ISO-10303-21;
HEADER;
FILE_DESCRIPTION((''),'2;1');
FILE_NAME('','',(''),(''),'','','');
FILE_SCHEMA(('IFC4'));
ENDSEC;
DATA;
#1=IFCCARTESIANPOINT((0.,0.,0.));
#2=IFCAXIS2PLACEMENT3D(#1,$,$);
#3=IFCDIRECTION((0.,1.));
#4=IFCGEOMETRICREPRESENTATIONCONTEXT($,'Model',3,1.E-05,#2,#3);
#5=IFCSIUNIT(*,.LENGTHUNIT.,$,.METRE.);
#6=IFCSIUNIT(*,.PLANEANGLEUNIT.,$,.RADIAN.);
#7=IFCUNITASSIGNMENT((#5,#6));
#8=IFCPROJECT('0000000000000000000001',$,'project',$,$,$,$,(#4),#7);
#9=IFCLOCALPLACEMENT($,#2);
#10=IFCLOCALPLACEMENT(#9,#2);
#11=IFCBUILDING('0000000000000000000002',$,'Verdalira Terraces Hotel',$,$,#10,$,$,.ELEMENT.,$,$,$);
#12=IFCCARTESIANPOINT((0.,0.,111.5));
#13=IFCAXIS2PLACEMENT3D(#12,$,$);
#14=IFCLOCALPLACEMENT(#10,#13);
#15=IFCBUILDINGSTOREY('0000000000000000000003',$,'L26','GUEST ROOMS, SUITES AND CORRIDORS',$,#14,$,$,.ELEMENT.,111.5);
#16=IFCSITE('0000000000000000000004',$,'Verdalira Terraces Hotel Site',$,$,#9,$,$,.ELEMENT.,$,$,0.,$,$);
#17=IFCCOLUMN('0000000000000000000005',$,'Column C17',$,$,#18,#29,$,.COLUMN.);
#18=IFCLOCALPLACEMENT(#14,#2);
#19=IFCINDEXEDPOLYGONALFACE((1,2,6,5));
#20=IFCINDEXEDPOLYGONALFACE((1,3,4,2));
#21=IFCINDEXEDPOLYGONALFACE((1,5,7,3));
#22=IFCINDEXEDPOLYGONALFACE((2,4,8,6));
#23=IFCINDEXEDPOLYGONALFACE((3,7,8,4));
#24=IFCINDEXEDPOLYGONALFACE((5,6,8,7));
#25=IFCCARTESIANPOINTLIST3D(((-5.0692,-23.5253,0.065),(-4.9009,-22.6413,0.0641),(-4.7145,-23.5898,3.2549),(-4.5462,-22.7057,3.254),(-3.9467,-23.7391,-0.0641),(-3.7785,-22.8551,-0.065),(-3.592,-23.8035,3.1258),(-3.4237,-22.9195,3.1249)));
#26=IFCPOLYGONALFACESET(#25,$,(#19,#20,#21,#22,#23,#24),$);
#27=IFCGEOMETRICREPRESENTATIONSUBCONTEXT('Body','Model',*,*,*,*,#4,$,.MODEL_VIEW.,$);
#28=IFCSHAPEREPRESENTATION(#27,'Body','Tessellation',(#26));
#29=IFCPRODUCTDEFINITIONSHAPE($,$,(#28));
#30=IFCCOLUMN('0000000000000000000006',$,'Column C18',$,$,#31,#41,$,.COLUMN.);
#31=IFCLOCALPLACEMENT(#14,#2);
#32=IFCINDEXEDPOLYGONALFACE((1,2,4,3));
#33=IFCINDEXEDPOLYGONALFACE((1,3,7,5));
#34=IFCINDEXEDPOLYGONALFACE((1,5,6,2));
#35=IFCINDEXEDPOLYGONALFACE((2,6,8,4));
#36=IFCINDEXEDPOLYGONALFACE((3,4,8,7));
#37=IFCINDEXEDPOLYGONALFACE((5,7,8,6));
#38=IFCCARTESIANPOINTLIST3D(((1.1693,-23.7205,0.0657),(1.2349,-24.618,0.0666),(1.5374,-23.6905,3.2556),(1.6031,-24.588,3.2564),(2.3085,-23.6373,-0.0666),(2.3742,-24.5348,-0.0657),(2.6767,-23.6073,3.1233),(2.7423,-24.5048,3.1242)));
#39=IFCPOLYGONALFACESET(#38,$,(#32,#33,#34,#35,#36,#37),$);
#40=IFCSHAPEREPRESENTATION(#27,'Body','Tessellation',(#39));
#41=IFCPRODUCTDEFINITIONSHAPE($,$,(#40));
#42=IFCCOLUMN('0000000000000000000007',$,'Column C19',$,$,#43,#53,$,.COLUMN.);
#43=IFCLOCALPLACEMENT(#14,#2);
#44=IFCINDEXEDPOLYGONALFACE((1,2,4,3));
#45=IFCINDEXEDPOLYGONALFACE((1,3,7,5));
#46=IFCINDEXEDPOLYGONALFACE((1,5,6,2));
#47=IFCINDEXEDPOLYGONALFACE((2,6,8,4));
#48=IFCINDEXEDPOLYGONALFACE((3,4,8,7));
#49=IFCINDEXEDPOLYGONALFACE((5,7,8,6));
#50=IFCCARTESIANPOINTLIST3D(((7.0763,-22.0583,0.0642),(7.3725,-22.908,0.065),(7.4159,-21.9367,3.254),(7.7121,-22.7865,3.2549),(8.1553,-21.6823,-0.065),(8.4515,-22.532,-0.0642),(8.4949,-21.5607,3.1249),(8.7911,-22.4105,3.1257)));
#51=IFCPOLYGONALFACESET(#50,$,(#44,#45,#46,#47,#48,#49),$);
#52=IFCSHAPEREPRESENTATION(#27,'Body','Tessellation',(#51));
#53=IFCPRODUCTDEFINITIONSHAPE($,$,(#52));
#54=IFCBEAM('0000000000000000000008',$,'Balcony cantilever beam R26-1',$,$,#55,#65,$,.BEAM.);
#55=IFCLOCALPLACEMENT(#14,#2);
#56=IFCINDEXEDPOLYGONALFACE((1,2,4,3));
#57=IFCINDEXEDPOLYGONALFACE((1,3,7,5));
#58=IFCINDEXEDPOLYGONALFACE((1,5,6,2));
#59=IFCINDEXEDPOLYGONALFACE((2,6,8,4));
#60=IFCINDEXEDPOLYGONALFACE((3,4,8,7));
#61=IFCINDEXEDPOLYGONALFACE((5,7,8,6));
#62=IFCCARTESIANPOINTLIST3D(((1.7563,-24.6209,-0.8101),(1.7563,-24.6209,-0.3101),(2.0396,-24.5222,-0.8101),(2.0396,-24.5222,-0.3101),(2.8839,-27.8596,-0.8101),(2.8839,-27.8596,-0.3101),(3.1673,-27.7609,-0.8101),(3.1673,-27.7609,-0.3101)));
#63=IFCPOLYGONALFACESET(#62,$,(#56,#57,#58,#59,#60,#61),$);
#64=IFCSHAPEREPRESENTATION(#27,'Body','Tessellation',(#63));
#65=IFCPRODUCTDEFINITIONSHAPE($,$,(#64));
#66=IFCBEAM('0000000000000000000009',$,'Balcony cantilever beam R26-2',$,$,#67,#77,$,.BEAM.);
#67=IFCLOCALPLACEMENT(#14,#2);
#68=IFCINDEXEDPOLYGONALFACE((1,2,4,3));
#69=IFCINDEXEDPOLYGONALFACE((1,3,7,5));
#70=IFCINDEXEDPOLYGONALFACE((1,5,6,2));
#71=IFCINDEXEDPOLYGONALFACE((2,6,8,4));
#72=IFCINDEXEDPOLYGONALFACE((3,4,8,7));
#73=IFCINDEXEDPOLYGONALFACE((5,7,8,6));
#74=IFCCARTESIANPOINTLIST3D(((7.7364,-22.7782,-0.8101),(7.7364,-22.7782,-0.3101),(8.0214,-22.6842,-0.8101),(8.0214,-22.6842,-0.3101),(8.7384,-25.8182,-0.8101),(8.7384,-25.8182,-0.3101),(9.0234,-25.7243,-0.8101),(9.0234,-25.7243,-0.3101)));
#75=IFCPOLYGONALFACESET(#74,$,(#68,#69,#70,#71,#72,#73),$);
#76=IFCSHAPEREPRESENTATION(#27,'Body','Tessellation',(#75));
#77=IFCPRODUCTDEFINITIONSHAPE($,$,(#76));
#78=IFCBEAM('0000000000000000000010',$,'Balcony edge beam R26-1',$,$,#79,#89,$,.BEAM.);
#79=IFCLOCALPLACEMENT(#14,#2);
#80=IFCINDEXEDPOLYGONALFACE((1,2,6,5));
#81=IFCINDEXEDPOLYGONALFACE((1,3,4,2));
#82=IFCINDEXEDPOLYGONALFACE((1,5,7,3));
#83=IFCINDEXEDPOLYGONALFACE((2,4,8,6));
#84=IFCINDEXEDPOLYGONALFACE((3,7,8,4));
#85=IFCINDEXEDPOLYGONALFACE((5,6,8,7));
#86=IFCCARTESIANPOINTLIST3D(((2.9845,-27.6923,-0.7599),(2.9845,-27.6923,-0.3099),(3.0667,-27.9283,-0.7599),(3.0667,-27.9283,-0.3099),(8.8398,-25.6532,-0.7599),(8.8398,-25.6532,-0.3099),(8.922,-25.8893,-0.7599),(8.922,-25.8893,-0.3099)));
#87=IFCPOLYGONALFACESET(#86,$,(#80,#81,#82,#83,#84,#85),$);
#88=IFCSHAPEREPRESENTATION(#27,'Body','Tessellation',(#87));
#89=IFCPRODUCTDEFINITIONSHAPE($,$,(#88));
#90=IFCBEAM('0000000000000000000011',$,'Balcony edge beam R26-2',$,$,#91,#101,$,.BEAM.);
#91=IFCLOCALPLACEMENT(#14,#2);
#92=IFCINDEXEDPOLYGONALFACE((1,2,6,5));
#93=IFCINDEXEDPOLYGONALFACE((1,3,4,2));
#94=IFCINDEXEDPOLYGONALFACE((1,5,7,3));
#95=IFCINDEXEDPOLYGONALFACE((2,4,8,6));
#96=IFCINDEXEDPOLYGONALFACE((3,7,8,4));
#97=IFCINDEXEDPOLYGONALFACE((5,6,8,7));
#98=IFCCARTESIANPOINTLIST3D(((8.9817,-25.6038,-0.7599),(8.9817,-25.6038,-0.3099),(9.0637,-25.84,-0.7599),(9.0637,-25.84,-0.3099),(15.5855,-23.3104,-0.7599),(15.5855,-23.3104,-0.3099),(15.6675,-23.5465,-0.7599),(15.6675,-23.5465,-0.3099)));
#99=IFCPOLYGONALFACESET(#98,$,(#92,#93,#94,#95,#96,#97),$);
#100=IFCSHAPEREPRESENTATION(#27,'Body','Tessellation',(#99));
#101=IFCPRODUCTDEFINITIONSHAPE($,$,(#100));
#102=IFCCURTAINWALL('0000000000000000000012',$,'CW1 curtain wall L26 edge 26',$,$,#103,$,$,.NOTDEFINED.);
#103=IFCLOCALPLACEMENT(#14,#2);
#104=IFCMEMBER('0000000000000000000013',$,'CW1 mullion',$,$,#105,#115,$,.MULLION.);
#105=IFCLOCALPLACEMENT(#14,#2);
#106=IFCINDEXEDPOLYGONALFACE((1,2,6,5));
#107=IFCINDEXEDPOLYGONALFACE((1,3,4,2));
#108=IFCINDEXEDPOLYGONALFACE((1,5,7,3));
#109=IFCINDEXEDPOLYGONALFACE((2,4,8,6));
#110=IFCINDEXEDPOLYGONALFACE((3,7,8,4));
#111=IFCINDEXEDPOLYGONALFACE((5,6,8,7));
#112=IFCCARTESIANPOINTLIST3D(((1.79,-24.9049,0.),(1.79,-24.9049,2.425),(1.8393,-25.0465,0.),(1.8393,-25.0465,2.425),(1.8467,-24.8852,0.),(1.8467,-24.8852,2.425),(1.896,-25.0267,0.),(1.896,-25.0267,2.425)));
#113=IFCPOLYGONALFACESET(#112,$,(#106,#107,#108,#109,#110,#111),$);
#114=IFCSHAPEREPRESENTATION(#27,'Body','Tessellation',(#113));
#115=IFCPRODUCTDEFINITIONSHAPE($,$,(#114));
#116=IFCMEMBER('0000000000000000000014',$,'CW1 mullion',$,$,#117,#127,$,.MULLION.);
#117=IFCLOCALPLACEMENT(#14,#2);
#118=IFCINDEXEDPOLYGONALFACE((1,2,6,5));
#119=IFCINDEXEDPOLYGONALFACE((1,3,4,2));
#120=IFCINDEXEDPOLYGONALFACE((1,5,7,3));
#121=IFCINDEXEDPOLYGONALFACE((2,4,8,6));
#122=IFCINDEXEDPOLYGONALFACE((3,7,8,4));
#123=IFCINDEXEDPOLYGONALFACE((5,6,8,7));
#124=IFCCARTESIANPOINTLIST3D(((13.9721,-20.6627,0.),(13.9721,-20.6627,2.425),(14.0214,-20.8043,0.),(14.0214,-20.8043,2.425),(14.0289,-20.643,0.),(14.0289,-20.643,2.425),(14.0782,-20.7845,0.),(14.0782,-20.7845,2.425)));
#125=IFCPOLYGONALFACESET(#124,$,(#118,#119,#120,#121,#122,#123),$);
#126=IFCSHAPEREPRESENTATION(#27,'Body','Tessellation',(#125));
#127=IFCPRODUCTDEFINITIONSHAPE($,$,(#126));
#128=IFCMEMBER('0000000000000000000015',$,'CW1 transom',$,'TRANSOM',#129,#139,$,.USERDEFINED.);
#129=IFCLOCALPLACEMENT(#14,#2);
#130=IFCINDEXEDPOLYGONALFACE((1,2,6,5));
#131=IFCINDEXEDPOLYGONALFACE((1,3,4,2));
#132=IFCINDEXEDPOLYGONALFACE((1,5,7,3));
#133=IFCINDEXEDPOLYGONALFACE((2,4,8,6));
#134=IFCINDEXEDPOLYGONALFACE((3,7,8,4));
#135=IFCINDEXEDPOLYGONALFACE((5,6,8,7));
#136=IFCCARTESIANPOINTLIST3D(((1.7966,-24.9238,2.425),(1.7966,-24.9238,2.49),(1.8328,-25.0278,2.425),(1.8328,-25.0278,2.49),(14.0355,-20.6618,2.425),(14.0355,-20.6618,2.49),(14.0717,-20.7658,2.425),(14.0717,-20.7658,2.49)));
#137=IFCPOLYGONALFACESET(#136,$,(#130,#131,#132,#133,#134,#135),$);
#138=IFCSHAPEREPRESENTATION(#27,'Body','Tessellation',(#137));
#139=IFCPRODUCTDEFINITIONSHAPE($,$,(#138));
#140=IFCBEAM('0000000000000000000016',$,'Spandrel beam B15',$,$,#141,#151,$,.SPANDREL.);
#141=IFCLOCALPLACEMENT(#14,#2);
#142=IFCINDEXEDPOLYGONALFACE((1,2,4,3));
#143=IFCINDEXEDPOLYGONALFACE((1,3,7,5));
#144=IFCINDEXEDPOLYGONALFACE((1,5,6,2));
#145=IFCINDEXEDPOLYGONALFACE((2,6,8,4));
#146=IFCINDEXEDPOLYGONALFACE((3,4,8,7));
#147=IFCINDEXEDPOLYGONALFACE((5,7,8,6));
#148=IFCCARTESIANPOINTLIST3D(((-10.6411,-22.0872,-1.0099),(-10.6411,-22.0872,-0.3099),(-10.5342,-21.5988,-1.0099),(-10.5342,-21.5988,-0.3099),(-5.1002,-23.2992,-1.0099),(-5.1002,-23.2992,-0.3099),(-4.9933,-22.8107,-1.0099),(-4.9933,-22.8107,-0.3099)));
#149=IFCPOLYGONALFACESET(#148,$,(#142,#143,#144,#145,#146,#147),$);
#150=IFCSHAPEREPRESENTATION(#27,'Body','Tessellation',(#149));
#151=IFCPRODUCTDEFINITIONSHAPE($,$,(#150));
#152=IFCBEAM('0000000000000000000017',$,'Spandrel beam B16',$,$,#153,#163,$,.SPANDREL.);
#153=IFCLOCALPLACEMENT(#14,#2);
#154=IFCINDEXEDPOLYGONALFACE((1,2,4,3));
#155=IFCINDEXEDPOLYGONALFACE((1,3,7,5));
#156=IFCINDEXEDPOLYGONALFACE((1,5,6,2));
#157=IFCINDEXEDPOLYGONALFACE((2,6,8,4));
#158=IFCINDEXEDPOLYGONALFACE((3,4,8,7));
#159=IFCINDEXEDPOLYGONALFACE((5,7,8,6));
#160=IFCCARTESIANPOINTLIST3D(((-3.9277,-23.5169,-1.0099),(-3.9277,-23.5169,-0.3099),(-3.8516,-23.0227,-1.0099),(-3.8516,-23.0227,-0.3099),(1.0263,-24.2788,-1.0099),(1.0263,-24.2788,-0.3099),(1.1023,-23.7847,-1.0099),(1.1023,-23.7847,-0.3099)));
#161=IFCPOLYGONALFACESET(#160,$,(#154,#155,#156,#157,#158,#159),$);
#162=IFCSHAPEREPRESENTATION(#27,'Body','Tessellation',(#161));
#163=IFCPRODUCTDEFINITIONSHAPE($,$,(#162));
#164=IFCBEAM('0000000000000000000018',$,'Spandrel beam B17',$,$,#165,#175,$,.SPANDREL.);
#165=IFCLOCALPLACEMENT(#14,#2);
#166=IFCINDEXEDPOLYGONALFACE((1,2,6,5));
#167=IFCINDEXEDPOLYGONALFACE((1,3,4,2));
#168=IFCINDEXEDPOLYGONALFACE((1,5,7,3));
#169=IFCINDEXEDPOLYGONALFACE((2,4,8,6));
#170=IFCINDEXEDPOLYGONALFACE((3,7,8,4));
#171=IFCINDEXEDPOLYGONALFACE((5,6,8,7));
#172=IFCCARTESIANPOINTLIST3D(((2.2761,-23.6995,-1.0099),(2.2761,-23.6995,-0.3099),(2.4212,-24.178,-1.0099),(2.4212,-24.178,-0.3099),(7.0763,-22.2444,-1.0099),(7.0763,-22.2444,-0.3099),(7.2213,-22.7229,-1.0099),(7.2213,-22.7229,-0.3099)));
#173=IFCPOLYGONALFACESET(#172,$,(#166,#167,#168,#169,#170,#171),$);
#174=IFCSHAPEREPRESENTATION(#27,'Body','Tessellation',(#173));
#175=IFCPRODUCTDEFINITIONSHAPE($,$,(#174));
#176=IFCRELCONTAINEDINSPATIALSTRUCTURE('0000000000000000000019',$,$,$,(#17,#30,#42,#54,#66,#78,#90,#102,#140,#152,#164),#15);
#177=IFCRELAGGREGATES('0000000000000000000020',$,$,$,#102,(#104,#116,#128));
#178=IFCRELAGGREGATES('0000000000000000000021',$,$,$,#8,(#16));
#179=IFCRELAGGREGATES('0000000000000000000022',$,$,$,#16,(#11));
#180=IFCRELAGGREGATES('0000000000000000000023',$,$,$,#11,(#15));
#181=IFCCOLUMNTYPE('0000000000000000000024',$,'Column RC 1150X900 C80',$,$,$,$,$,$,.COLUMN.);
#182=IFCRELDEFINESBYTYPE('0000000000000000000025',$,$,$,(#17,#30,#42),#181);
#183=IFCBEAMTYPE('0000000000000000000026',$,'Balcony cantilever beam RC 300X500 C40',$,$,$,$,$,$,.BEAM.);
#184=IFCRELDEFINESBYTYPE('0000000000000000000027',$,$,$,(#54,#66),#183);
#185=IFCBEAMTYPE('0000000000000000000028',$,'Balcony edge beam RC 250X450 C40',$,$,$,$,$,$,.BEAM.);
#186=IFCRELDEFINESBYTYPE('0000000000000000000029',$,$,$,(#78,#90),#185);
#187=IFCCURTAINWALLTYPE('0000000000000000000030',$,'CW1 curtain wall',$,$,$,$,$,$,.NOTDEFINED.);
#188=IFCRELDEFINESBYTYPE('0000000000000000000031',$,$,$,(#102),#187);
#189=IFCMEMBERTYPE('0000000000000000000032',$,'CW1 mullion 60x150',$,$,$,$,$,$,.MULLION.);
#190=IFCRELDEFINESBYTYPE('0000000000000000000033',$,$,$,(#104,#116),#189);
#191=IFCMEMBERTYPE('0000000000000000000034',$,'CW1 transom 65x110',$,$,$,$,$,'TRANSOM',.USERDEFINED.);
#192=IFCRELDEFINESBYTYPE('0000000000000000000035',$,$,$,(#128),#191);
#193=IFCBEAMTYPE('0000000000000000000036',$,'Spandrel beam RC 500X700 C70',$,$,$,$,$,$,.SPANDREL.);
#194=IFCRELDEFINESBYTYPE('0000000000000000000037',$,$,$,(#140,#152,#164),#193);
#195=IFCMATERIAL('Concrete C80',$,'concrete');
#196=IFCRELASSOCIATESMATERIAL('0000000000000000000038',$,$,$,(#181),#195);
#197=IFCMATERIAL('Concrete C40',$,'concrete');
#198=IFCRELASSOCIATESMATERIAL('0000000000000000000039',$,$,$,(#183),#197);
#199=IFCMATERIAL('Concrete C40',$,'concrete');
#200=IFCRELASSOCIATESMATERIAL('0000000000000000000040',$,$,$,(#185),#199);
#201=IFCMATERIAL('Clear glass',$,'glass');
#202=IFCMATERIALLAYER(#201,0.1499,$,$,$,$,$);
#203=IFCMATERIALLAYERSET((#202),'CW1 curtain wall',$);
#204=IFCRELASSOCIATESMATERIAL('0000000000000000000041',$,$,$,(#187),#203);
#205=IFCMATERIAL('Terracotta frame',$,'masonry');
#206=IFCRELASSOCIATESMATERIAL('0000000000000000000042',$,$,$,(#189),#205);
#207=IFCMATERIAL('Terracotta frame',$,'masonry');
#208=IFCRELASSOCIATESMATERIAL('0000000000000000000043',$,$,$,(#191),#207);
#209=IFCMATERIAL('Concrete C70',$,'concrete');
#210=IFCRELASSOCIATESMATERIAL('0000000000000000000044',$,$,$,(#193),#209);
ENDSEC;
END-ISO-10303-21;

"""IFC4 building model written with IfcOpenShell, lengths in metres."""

from ifc_helpers import new_model, si_unit, direction, frame, origin, origin_2d, place, context, subcontext, project, spatial, rectangle, extrude, material, layer, layer_set, material_profile, profile_set, type_object, element, aggregate, save


model = new_model("IFC4")

# Units and contexts
model_context = context("Model", 3, precision=1e-05, world=origin(), true_north=direction((0.0, 1.0)))
body_context = subcontext(model_context, "Body", "Model", "MODEL_VIEW")
ifc_project = project(units=[si_unit("LENGTHUNIT", "METRE"), si_unit("PLANEANGLEUNIT", "RADIAN")], contexts=[model_context])

# Site, building, storey
site_placement = place(None, origin())
site = spatial("IfcSite", under=ifc_project, at=site_placement, Name="Verdalira Terraces Hotel Site", CompositionType="ELEMENT", RefElevation=0.0)
building_placement = place(site_placement, origin())
building = spatial("IfcBuilding", under=site, at=building_placement, Name="Verdalira Terraces Hotel", CompositionType="ELEMENT")
storey_placement = place(building_placement, frame((0.0, 0.0, 111.5)))
storey = spatial("IfcBuildingStorey", under=building, at=storey_placement, Name="L26", Description="GUEST ROOMS, SUITES AND CORRIDORS", CompositionType="ELEMENT", Elevation=111.5)

# Columns
ifc_material_1 = material(Name="Concrete C80", Category="concrete")
ifc_material_profile_1 = material_profile(ifc_material_1, rectangle(XDim=1.1499, YDim=0.8999, at=origin_2d()), Name="RC 1150X900")
ifc_profile_set_1 = profile_set([ifc_material_profile_1], Name="Concrete C80")
column_type = type_object("IfcColumnType", Name="Column RC 1150X900 C80", PredefinedType="COLUMN", material=ifc_profile_set_1)
column_1_placement = place(storey_placement, frame((-4.4238, -23.1902, 0.0), z_axis=(0.110501, -0.020077, 0.993673), x_axis=(0.976125, -0.185925, -0.112306)))
element("IfcColumn", 1, at=column_1_placement, inside=storey, type_object=column_type, Name="Column C17", PredefinedType="COLUMN", context=body_context, shape_type="SweptSolid", body=[
    extrude(rectangle(XDim=1.1499, YDim=0.8999, at=origin_2d()), origin(), (0.0, 0.0, 1.0), 3.2102),
])
column_2_placement = place(storey_placement, frame((1.7717, -24.1277, 0.0), z_axis=(0.114648, 0.009351, 0.993362), x_axis=(-0.990725, -0.072347, 0.115025)))
element("IfcColumn", 2, at=column_2_placement, inside=storey, type_object=column_type, Name="Column C18", PredefinedType="COLUMN", context=body_context, shape_type="SweptSolid", body=[
    extrude(rectangle(XDim=1.1499, YDim=0.8999, at=origin_2d()), origin(), (0.0, 0.0, 1.0), 3.2112),
])
column_3_placement = place(storey_placement, frame((7.7639, -22.2952, 0.0), z_axis=(0.105785, 0.037873, 0.993668), x_axis=(0.938328, 0.326981, -0.112357)))
element("IfcColumn", 3, at=column_3_placement, inside=storey, type_object=column_type, Name="Column C19", PredefinedType="COLUMN", context=body_context, shape_type="SweptSolid", body=[
    extrude(rectangle(XDim=1.1499, YDim=0.8999, at=origin_2d()), origin(), (0.0, 0.0, 1.0), 3.2102),
])

# Beams
ifc_material_2 = material(Name="Concrete C40", Category="concrete")
ifc_material_profile_2 = material_profile(ifc_material_2, rectangle(XDim=0.3, YDim=0.5, at=origin_2d()), Name="RC 300X500")
ifc_profile_set_2 = profile_set([ifc_material_profile_2], Name="Concrete C40")
beam_type_1 = type_object("IfcBeamType", Name="Balcony cantilever beam RC 300X500 C40", PredefinedType="BEAM", material=ifc_profile_set_2)
beam_1_placement = place(storey_placement, frame((1.8979, -24.5715, -0.5601), z_axis=(0.328822, -0.944392, 0.0), x_axis=(0.944392, 0.328822, 0.0)))
element("IfcBeam", 4, at=beam_1_placement, inside=storey, type_object=beam_type_1, Name="Balcony cantilever beam R26-1", PredefinedType="BEAM", context=body_context, shape_type="SweptSolid", body=[
    extrude(rectangle(XDim=0.3, YDim=0.5, at=origin_2d()), origin(), (0.0, 0.0, 1.0), 3.4294),
])
beam_2_placement = place(storey_placement, frame((7.8789, -22.7312, -0.5601), z_axis=(0.313023, -0.949746, 0.0), x_axis=(0.949746, 0.313023, 0.0)))
element("IfcBeam", 5, at=beam_2_placement, inside=storey, type_object=beam_type_1, Name="Balcony cantilever beam R26-2", PredefinedType="BEAM", context=body_context, shape_type="SweptSolid", body=[
    extrude(rectangle(XDim=0.3, YDim=0.5, at=origin_2d()), origin(), (0.0, 0.0, 1.0), 3.2009),
])
ifc_material_3 = material(Name="Concrete C40", Category="concrete")
ifc_material_profile_3 = material_profile(ifc_material_3, rectangle(XDim=0.25, YDim=0.45, at=origin_2d()), Name="RC 250X450")
ifc_profile_set_3 = profile_set([ifc_material_profile_3], Name="Concrete C40")
beam_type_2 = type_object("IfcBeamType", Name="Balcony edge beam RC 250X450 C40", PredefinedType="BEAM", material=ifc_profile_set_3)
beam_3_placement = place(storey_placement, frame((3.0256, -27.8103, -0.5349), z_axis=(0.944373, 0.328875, 0.0), x_axis=(-0.328875, 0.944373, 0.0)))
element("IfcBeam", 6, at=beam_3_placement, inside=storey, type_object=beam_type_2, Name="Balcony edge beam R26-1", PredefinedType="BEAM", context=body_context, shape_type="SweptSolid", body=[
    extrude(rectangle(XDim=0.25, YDim=0.45, at=origin_2d()), origin(), (0.0, 0.0, 1.0), 6.2002),
])
beam_4_placement = place(storey_placement, frame((9.0227, -25.7219, -0.5349), z_axis=(0.944652, 0.328074, 0.0), x_axis=(-0.328074, 0.944652, 0.0)))
element("IfcBeam", 7, at=beam_4_placement, inside=storey, type_object=beam_type_2, Name="Balcony edge beam R26-2", PredefinedType="BEAM", context=body_context, shape_type="SweptSolid", body=[
    extrude(rectangle(XDim=0.25, YDim=0.45, at=origin_2d()), origin(), (0.0, 0.0, 1.0), 6.9907),
])

# Curtain wall, members
ifc_material_4 = material(Name="Clear glass", Category="glass")
ifc_layer_1 = layer(ifc_material_4, 0.1499)
ifc_layer_set_1 = layer_set([ifc_layer_1], Name="CW1 curtain wall")
curtain_wall_type = type_object("IfcCurtainWallType", Name="CW1 curtain wall", PredefinedType="NOTDEFINED", material=ifc_layer_set_1)
curtain_wall_placement = place(storey_placement, origin())
curtain_wall = element("IfcCurtainWall", 8, at=curtain_wall_placement, inside=storey, type_object=curtain_wall_type, Name="CW1 curtain wall L26 edge 26", PredefinedType="NOTDEFINED")
ifc_material_5 = material(Name="Terracotta frame", Category="masonry")
ifc_material_profile_4 = material_profile(ifc_material_5, rectangle(XDim=0.0601, YDim=0.1499, at=origin_2d()), Name="MU 60x150")
ifc_profile_set_4 = profile_set([ifc_material_profile_4], Name="Terracotta frame")
member_type_1 = type_object("IfcMemberType", Name="CW1 mullion 60x150", PredefinedType="MULLION", material=ifc_profile_set_4)
member_1_placement = place(storey_placement, frame((1.843, -24.9658, 0.0), z_axis=(0.0, 0.0, 1.0), x_axis=(0.944376, 0.328867, 0.0)))
member_1 = element("IfcMember", 9, at=member_1_placement, type_object=member_type_1, Name="CW1 mullion", PredefinedType="MULLION", context=body_context, shape_type="SweptSolid", body=[
    extrude(rectangle(XDim=0.0601, YDim=0.1499, at=origin_2d()), origin(), (0.0, 0.0, 1.0), 2.425),
])
member_2_placement = place(storey_placement, frame((14.0251, -20.7236, 0.0), z_axis=(0.0, 0.0, 1.0), x_axis=(0.944376, 0.328867, 0.0)))
member_2 = element("IfcMember", 10, at=member_2_placement, type_object=member_type_1, Name="CW1 mullion", PredefinedType="MULLION", context=body_context, shape_type="SweptSolid", body=[
    extrude(rectangle(XDim=0.0601, YDim=0.1499, at=origin_2d()), origin(), (0.0, 0.0, 1.0), 2.425),
])
ifc_material_6 = material(Name="Terracotta frame", Category="masonry")
ifc_material_profile_5 = material_profile(ifc_material_6, rectangle(XDim=0.1101, YDim=0.0649, at=origin_2d()), Name="TR 65x110")
ifc_profile_set_5 = profile_set([ifc_material_profile_5], Name="Terracotta frame")
member_type_2 = type_object("IfcMemberType", Name="CW1 transom 65x110", ElementType="TRANSOM", PredefinedType="USERDEFINED", material=ifc_profile_set_5)
member_3_placement = place(storey_placement, frame((1.8147, -24.9758, 2.4575), z_axis=(0.944377, 0.328865, 0.0), x_axis=(-0.328865, 0.944377, 0.0)))
member_3 = element("IfcMember", 11, at=member_3_placement, type_object=member_type_2, Name="CW1 transom", ObjectType="TRANSOM", PredefinedType="USERDEFINED", context=body_context, shape_type="SweptSolid", body=[
    extrude(rectangle(XDim=0.1101, YDim=0.0649, at=origin_2d()), origin(), (0.0, 0.0, 1.0), 12.9597),
])

# Beams
ifc_material_7 = material(Name="Concrete C70", Category="concrete")
ifc_material_profile_6 = material_profile(ifc_material_7, rectangle(XDim=0.5, YDim=0.7, at=origin_2d()), Name="RC 500X700")
ifc_profile_set_6 = profile_set([ifc_material_profile_6], Name="Concrete C70")
beam_type_3 = type_object("IfcBeamType", Name="Spandrel beam RC 500X700 C70", PredefinedType="SPANDREL", material=ifc_profile_set_6)
beam_5_placement = place(storey_placement, frame((-10.5876, -21.843, -0.6599), z_axis=(0.976905, -0.213675, 0.0), x_axis=(0.213675, 0.976905, 0.0)))
element("IfcBeam", 12, at=beam_5_placement, inside=storey, type_object=beam_type_3, Name="Spandrel beam B15", PredefinedType="SPANDREL", context=body_context, shape_type="SweptSolid", body=[
    extrude(rectangle(XDim=0.5, YDim=0.7, at=origin_2d()), origin(), (0.0, 0.0, 1.0), 5.6719),
])
beam_6_placement = place(storey_placement, frame((-3.8896, -23.2698, -0.6599), z_axis=(0.988377, -0.152024, 0.0), x_axis=(0.152024, 0.988377, 0.0)))
element("IfcBeam", 13, at=beam_6_placement, inside=storey, type_object=beam_type_3, Name="Spandrel beam B16", PredefinedType="SPANDREL", context=body_context, shape_type="SweptSolid", body=[
    extrude(rectangle(XDim=0.5, YDim=0.7, at=origin_2d()), origin(), (0.0, 0.0, 1.0), 5.0122),
])
beam_7_placement = place(storey_placement, frame((2.3486, -23.9387, -0.6599), z_axis=(0.956996, 0.290102, 0.0), x_axis=(-0.290102, 0.956996, 0.0)))
element("IfcBeam", 14, at=beam_7_placement, inside=storey, type_object=beam_type_3, Name="Spandrel beam B17", PredefinedType="SPANDREL", context=body_context, shape_type="SweptSolid", body=[
    extrude(rectangle(XDim=0.5, YDim=0.7, at=origin_2d()), origin(), (0.0, 0.0, 1.0), 5.0159),
])

aggregate(curtain_wall, [member_1, member_2, member_3])

save(model, "model.ifc")
